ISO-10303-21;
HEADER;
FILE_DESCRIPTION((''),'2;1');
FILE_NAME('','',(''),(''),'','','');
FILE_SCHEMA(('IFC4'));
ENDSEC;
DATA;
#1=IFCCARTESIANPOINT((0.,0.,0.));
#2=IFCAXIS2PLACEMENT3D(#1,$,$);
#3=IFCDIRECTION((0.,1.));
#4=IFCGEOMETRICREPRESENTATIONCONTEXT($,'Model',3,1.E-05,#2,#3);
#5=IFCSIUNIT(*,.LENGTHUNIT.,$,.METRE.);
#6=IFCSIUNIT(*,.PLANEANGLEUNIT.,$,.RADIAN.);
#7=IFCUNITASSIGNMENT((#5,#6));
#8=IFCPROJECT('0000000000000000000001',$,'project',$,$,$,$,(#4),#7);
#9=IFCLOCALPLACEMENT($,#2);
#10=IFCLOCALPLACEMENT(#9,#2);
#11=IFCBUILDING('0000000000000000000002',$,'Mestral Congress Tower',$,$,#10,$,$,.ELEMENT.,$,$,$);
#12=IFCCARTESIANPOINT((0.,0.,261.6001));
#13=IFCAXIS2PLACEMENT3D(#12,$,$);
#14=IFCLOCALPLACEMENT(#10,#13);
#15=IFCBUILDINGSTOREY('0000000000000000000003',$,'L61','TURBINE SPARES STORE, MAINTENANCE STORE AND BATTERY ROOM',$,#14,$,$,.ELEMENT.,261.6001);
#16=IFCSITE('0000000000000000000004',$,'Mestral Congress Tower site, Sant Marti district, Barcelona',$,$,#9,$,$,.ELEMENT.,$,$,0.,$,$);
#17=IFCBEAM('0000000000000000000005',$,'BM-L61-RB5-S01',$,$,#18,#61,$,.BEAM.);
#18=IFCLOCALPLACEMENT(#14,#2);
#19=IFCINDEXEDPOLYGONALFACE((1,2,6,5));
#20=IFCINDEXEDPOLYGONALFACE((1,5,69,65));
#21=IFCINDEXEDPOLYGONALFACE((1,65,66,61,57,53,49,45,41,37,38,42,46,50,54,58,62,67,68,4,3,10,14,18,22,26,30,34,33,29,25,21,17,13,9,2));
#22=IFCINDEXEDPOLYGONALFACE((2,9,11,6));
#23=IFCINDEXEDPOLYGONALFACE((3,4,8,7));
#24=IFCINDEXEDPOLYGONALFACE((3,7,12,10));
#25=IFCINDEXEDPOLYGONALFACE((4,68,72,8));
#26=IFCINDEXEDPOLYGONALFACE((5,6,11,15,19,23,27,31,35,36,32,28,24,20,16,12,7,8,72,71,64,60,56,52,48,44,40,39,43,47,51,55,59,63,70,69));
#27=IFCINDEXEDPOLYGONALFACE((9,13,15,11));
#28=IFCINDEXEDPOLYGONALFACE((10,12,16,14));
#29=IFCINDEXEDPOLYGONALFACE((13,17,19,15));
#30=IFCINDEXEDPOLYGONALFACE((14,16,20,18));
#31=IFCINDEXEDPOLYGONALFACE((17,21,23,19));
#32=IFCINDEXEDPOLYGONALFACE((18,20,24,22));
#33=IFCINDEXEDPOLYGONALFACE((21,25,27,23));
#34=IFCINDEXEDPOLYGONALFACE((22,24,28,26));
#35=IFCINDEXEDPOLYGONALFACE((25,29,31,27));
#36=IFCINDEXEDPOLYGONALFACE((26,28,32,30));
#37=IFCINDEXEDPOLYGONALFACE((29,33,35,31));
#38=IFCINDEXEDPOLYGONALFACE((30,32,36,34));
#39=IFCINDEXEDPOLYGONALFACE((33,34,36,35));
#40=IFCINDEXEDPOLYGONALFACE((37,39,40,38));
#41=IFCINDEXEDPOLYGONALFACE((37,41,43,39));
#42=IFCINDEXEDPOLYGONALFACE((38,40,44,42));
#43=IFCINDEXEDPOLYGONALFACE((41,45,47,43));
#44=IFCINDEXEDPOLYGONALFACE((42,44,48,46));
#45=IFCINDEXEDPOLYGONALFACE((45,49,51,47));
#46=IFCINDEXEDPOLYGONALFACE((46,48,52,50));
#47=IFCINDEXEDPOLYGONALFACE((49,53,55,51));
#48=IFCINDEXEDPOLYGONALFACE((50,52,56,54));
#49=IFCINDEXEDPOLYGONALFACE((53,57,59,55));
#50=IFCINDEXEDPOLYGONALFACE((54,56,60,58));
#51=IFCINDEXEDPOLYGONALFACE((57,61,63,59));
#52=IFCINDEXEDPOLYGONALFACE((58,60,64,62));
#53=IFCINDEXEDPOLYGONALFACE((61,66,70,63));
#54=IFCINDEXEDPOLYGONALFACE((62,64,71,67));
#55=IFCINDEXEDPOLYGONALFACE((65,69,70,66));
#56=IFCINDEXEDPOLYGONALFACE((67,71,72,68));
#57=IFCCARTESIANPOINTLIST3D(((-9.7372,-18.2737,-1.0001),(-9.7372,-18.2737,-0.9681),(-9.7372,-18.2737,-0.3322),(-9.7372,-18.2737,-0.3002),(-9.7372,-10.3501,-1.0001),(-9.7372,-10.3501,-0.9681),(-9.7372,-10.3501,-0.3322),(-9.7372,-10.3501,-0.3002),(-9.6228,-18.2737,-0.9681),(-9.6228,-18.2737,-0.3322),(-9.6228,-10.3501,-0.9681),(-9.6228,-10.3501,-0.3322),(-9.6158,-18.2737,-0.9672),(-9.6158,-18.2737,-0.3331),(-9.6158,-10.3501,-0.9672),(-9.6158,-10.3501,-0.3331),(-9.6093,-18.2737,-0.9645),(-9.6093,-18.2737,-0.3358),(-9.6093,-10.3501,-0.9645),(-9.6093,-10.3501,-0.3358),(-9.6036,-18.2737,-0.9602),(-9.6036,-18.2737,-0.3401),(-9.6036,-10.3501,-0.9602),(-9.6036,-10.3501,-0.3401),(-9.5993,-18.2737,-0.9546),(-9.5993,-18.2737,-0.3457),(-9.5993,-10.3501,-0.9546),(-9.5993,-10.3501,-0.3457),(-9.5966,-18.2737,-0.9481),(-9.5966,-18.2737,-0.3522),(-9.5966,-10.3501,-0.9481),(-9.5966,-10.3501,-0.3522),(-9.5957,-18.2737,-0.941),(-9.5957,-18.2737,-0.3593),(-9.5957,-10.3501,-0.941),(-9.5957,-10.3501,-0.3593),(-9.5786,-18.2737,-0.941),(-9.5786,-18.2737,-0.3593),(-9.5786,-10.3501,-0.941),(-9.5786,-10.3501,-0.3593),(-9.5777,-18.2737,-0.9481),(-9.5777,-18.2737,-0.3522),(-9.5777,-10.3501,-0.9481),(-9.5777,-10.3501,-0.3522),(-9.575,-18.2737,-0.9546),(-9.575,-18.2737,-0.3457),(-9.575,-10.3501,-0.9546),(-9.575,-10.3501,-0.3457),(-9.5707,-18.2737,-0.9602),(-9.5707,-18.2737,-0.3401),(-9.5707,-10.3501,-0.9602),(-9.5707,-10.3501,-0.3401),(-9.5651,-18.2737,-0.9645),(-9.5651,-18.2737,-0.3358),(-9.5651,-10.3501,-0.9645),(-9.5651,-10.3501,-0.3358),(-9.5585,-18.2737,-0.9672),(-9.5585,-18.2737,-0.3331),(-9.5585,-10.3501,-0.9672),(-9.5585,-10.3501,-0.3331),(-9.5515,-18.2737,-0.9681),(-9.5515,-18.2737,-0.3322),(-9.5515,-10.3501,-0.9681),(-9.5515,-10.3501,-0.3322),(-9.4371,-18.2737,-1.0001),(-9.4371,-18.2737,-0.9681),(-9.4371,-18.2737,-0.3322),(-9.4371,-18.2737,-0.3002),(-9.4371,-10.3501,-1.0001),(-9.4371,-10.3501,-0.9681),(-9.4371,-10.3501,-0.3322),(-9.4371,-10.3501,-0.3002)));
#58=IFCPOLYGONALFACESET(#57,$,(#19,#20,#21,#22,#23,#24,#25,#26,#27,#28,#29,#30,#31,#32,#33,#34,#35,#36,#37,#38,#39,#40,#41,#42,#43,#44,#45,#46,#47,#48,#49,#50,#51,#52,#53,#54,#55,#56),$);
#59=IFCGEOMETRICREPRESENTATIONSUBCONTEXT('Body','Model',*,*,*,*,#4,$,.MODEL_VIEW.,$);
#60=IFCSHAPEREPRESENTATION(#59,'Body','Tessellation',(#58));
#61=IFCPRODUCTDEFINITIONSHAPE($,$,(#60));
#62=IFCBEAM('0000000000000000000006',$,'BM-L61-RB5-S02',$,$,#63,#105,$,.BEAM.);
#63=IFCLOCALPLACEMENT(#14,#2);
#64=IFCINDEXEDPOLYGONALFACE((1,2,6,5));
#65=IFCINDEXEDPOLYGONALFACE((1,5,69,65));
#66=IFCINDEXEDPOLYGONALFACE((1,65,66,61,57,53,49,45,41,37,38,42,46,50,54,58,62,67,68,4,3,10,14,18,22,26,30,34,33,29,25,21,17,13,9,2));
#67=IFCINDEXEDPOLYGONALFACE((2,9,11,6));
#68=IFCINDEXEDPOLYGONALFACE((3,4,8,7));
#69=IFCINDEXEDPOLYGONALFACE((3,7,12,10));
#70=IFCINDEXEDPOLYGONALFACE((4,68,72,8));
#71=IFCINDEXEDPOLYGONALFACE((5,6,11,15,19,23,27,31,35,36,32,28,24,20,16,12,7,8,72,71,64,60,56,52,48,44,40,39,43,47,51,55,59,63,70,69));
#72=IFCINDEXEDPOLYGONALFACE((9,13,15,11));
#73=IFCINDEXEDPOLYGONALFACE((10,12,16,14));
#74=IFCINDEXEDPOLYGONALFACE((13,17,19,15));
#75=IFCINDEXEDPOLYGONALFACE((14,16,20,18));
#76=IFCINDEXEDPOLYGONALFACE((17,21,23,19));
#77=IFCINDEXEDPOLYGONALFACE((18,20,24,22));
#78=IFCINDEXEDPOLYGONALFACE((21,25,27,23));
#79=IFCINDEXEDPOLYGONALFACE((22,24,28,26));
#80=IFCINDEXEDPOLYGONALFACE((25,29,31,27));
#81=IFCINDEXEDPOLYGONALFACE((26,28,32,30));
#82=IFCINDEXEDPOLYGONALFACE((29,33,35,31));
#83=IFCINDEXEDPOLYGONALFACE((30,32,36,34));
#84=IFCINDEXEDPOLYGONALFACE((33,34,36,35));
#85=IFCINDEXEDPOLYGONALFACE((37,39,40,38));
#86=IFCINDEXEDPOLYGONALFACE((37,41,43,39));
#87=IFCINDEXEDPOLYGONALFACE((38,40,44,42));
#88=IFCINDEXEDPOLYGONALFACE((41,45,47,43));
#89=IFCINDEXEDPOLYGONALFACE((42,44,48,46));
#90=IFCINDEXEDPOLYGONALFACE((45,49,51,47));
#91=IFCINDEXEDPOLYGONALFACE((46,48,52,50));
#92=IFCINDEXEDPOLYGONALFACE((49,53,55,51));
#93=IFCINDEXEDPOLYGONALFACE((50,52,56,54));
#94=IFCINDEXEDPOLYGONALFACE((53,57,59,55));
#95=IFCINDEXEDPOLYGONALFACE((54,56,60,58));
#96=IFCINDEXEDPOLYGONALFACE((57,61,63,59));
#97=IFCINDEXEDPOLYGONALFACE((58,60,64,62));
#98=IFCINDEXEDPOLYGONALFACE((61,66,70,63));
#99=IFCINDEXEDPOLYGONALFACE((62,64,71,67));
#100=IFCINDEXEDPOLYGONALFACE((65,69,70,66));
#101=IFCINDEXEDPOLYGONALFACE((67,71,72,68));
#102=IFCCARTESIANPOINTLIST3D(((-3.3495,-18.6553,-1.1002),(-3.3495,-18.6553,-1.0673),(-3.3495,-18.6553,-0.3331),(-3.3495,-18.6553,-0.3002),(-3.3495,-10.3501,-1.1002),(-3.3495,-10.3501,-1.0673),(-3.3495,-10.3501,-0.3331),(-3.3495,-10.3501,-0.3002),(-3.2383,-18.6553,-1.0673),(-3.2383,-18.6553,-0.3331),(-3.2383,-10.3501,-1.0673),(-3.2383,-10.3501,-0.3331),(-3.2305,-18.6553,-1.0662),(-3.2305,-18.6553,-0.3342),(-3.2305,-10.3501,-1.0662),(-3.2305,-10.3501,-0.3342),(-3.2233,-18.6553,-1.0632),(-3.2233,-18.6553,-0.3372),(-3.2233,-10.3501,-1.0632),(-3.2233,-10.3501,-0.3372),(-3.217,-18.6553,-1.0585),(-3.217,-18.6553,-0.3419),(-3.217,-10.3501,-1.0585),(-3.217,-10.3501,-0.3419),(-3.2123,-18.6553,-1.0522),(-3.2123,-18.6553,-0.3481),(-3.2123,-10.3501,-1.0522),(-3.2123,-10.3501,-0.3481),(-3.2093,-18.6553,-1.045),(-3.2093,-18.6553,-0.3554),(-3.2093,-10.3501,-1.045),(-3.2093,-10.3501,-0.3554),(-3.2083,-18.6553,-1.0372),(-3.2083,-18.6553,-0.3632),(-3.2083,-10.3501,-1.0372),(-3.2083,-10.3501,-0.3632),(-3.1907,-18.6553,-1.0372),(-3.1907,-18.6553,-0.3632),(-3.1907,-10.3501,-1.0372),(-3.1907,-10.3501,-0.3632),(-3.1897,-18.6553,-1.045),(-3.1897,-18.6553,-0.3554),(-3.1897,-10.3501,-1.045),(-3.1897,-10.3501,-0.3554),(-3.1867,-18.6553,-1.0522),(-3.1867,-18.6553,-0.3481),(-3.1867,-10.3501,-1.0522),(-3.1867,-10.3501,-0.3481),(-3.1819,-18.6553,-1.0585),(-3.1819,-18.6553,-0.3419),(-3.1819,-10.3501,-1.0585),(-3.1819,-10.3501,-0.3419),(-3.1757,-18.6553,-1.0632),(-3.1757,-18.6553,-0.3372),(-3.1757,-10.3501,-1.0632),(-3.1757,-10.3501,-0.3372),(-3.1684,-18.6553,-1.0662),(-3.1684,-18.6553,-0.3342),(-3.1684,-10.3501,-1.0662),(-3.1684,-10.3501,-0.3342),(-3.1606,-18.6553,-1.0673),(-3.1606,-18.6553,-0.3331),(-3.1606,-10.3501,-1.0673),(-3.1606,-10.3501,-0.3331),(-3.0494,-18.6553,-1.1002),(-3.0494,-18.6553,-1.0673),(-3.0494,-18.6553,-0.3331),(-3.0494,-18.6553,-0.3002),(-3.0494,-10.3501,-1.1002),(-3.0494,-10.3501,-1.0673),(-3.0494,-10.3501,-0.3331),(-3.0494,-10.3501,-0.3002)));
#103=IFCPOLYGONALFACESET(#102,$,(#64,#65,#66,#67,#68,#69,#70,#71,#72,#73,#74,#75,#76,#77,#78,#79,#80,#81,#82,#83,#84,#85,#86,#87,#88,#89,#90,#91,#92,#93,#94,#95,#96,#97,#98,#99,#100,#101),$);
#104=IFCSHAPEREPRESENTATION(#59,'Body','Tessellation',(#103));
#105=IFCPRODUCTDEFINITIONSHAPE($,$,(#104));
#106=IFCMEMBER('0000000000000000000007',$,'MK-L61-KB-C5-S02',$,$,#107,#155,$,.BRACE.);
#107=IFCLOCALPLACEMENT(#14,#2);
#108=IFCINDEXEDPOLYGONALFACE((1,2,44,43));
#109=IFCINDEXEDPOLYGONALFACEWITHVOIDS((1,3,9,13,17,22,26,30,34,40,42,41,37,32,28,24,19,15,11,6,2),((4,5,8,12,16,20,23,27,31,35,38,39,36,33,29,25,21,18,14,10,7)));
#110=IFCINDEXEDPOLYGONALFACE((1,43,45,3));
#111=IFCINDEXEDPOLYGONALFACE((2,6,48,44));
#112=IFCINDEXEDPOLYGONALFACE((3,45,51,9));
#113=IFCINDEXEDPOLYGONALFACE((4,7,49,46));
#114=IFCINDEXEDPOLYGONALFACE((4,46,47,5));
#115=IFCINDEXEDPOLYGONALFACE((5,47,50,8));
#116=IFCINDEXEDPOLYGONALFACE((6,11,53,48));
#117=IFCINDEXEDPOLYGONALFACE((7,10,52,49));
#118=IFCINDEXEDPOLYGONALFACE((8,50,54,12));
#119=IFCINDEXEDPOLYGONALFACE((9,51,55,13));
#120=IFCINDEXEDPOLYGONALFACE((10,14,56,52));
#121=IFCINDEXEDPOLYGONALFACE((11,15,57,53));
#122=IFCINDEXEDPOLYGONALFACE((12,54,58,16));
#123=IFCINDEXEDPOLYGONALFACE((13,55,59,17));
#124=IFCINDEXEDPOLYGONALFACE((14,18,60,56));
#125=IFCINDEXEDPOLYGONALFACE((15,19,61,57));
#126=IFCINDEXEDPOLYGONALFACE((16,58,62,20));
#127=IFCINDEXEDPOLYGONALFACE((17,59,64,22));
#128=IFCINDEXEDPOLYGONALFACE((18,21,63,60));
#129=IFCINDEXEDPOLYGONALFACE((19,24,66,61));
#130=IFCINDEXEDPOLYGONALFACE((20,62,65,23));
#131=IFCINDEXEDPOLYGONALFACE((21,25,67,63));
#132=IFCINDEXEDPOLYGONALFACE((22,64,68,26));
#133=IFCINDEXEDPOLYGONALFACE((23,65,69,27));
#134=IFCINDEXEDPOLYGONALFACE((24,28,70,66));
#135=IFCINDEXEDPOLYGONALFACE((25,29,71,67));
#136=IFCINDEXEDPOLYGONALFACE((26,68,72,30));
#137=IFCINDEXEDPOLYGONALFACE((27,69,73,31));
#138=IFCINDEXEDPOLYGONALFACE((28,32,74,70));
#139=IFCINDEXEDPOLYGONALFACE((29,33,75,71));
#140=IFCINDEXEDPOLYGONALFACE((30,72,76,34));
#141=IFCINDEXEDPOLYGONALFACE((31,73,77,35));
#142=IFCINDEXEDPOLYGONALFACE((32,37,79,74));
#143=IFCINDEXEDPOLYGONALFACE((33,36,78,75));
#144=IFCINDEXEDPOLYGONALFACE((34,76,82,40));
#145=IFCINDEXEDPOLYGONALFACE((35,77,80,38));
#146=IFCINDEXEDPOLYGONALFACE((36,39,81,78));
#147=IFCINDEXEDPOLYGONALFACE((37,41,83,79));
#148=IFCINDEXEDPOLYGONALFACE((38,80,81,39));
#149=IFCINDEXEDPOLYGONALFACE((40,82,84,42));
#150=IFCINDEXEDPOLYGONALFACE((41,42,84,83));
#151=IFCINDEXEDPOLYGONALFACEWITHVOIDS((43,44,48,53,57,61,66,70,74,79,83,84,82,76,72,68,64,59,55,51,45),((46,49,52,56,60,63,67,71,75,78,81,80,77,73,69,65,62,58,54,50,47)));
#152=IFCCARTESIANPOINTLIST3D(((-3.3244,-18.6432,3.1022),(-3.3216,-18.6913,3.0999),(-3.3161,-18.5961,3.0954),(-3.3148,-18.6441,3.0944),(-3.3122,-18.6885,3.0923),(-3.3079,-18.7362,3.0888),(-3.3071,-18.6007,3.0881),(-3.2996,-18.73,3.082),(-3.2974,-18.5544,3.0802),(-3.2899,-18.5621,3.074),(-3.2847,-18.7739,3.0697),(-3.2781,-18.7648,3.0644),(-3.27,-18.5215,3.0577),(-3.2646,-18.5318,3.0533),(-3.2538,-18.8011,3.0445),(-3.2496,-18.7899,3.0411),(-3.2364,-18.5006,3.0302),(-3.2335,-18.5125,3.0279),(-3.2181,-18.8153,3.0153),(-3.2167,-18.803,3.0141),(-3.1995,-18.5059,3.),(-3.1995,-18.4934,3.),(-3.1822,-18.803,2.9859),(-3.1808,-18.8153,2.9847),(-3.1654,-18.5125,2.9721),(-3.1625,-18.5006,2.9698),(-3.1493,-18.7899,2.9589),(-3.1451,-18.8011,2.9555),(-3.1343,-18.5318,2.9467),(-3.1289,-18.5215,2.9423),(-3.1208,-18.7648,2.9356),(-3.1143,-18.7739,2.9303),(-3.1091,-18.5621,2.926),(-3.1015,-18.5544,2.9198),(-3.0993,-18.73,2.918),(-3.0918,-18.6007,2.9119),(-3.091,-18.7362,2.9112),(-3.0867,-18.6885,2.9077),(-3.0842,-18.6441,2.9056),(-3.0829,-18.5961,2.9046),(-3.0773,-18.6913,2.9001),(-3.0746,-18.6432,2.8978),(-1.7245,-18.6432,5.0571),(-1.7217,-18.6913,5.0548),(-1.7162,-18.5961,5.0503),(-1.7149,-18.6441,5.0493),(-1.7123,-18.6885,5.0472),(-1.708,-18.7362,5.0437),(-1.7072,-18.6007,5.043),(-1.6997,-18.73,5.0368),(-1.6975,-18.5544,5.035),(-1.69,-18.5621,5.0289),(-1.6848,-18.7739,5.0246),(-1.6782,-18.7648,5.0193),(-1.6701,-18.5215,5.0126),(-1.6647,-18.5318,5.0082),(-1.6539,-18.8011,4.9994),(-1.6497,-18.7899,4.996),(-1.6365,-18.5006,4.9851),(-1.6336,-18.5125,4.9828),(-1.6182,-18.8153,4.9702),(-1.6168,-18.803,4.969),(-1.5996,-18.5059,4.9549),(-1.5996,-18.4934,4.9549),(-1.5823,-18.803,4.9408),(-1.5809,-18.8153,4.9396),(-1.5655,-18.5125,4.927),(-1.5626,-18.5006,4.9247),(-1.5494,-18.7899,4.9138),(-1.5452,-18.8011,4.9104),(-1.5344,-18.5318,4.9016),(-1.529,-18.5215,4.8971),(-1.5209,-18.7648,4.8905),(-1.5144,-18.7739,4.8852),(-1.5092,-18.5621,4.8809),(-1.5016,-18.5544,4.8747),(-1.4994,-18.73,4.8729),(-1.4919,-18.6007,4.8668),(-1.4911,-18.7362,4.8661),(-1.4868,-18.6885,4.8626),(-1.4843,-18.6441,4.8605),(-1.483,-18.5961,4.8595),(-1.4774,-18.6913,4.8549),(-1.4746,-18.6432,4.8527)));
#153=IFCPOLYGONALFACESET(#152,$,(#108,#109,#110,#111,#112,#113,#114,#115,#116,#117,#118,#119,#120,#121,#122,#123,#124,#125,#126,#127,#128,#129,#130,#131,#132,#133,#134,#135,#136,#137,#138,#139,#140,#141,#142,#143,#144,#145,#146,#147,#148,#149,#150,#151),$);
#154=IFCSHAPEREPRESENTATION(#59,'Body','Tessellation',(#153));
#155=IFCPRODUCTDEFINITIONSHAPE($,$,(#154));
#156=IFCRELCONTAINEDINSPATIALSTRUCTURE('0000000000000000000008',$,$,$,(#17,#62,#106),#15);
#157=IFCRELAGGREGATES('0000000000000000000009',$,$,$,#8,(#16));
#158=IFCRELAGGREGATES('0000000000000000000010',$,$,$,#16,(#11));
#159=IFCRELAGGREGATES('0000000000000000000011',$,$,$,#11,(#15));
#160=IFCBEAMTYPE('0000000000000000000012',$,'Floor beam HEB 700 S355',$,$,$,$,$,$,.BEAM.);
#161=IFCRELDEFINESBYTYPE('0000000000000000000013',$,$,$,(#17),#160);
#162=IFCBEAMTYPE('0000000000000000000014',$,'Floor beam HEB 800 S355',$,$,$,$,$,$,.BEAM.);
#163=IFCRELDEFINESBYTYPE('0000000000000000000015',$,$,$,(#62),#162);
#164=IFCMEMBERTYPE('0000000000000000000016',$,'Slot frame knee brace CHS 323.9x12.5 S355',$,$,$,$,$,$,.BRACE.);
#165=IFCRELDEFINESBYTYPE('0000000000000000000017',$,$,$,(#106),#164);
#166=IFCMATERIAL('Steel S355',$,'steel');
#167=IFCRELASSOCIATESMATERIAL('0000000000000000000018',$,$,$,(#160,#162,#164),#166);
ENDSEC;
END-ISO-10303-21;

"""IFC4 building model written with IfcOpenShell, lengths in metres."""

from ifc_helpers import new_model, si_unit, direction, frame, origin, origin_2d, place, context, subcontext, project, spatial, hollow_circle, i_section, extrude, material, material_profile, profile_set, type_object, element, save


model = new_model("IFC4")

# Units and contexts
model_context = context("Model", 3, precision=1e-05, world=origin(), true_north=direction((0.0, 1.0)))
body_context = subcontext(model_context, "Body", "Model", "MODEL_VIEW")
ifc_project = project(units=[si_unit("LENGTHUNIT", "METRE"), si_unit("PLANEANGLEUNIT", "RADIAN")], contexts=[model_context])

# Site, building, storey
site_placement = place(None, origin())
site = spatial("IfcSite", under=ifc_project, at=site_placement, Name="Mestral Congress Tower site, Sant Marti district, Barcelona", CompositionType="ELEMENT", RefElevation=0.0)
building_placement = place(site_placement, origin())
building = spatial("IfcBuilding", under=site, at=building_placement, Name="Mestral Congress Tower", CompositionType="ELEMENT")
storey_placement = place(building_placement, frame((0.0, 0.0, 261.6001)))
storey = spatial("IfcBuildingStorey", under=building, at=storey_placement, Name="L61", Description="TURBINE SPARES STORE, MAINTENANCE STORE AND BATTERY ROOM", CompositionType="ELEMENT", Elevation=261.6001)

# Beams
ifc_material_1 = material(Name="Steel S355", Category="steel")
ifc_material_profile_1 = material_profile(ifc_material_1, i_section(OverallWidth=0.3, OverallDepth=0.7, WebThickness=0.0171, FlangeThickness=0.032, FilletRadius=0.0271, at=origin_2d()), Name="HEB 700")
ifc_profile_set_1 = profile_set([ifc_material_profile_1], Name="Steel S355")
beam_type_1 = type_object("IfcBeamType", Name="Floor beam HEB 700 S355", PredefinedType="BEAM", material=ifc_profile_set_1)
beam_1_placement = place(storey_placement, frame((-9.5872, -18.2737, -0.6501), z_axis=(0.0, 1.0, 0.0), x_axis=(-1.0, 0.0, 0.0)))
element("IfcBeam", 1, at=beam_1_placement, inside=storey, type_object=beam_type_1, Name="BM-L61-RB5-S01", PredefinedType="BEAM", context=body_context, shape_type="SweptSolid", body=[
    extrude(i_section(OverallWidth=0.3, OverallDepth=0.7, WebThickness=0.0171, FlangeThickness=0.032, FilletRadius=0.0271, at=origin_2d()), origin(), (0.0, 0.0, 1.0), 7.9236),
])
ifc_material_profile_2 = material_profile(ifc_material_1, i_section(OverallWidth=0.3, OverallDepth=0.8, WebThickness=0.0176, FlangeThickness=0.033, FilletRadius=0.03, at=origin_2d()), Name="HEB 800")
ifc_profile_set_2 = profile_set([ifc_material_profile_2], Name="Steel S355")
beam_type_2 = type_object("IfcBeamType", Name="Floor beam HEB 800 S355", PredefinedType="BEAM", material=ifc_profile_set_2)
beam_2_placement = place(storey_placement, frame((-3.1995, -18.6553, -0.7002), z_axis=(0.0, 1.0, 0.0), x_axis=(-1.0, 0.0, 0.0)))
element("IfcBeam", 2, at=beam_2_placement, inside=storey, type_object=beam_type_2, Name="BM-L61-RB5-S02", PredefinedType="BEAM", context=body_context, shape_type="SweptSolid", body=[
    extrude(i_section(OverallWidth=0.3, OverallDepth=0.8, WebThickness=0.0176, FlangeThickness=0.033, FilletRadius=0.03, at=origin_2d()), origin(), (0.0, 0.0, 1.0), 8.3052),
])

# Member
ifc_material_profile_3 = material_profile(ifc_material_1, hollow_circle(Radius=0.1619, WallThickness=0.0125, at=origin_2d()), Name="CHS 323.9x12.5")
ifc_profile_set_3 = profile_set([ifc_material_profile_3], Name="Steel S355")
member_type_1 = type_object("IfcMemberType", Name="Slot frame knee brace CHS 323.9x12.5 S355", PredefinedType="BRACE", material=ifc_profile_set_3)
member_1_placement = place(storey_placement, frame((-3.1995, -18.6553, 3.0), z_axis=(0.633343, 0.0, 0.773871), x_axis=(0.0, 1.0, 0.0)))
element("IfcMember", 3, at=member_1_placement, inside=storey, type_object=member_type_1, Name="MK-L61-KB-C5-S02", PredefinedType="BRACE", context=body_context, shape_type="SweptSolid", body=[
    extrude(hollow_circle(Radius=0.1619, WallThickness=0.0125, at=origin_2d()), origin(), (0.0, 0.0, 1.0), 2.5261),
])

save(model, "model.ifc")
